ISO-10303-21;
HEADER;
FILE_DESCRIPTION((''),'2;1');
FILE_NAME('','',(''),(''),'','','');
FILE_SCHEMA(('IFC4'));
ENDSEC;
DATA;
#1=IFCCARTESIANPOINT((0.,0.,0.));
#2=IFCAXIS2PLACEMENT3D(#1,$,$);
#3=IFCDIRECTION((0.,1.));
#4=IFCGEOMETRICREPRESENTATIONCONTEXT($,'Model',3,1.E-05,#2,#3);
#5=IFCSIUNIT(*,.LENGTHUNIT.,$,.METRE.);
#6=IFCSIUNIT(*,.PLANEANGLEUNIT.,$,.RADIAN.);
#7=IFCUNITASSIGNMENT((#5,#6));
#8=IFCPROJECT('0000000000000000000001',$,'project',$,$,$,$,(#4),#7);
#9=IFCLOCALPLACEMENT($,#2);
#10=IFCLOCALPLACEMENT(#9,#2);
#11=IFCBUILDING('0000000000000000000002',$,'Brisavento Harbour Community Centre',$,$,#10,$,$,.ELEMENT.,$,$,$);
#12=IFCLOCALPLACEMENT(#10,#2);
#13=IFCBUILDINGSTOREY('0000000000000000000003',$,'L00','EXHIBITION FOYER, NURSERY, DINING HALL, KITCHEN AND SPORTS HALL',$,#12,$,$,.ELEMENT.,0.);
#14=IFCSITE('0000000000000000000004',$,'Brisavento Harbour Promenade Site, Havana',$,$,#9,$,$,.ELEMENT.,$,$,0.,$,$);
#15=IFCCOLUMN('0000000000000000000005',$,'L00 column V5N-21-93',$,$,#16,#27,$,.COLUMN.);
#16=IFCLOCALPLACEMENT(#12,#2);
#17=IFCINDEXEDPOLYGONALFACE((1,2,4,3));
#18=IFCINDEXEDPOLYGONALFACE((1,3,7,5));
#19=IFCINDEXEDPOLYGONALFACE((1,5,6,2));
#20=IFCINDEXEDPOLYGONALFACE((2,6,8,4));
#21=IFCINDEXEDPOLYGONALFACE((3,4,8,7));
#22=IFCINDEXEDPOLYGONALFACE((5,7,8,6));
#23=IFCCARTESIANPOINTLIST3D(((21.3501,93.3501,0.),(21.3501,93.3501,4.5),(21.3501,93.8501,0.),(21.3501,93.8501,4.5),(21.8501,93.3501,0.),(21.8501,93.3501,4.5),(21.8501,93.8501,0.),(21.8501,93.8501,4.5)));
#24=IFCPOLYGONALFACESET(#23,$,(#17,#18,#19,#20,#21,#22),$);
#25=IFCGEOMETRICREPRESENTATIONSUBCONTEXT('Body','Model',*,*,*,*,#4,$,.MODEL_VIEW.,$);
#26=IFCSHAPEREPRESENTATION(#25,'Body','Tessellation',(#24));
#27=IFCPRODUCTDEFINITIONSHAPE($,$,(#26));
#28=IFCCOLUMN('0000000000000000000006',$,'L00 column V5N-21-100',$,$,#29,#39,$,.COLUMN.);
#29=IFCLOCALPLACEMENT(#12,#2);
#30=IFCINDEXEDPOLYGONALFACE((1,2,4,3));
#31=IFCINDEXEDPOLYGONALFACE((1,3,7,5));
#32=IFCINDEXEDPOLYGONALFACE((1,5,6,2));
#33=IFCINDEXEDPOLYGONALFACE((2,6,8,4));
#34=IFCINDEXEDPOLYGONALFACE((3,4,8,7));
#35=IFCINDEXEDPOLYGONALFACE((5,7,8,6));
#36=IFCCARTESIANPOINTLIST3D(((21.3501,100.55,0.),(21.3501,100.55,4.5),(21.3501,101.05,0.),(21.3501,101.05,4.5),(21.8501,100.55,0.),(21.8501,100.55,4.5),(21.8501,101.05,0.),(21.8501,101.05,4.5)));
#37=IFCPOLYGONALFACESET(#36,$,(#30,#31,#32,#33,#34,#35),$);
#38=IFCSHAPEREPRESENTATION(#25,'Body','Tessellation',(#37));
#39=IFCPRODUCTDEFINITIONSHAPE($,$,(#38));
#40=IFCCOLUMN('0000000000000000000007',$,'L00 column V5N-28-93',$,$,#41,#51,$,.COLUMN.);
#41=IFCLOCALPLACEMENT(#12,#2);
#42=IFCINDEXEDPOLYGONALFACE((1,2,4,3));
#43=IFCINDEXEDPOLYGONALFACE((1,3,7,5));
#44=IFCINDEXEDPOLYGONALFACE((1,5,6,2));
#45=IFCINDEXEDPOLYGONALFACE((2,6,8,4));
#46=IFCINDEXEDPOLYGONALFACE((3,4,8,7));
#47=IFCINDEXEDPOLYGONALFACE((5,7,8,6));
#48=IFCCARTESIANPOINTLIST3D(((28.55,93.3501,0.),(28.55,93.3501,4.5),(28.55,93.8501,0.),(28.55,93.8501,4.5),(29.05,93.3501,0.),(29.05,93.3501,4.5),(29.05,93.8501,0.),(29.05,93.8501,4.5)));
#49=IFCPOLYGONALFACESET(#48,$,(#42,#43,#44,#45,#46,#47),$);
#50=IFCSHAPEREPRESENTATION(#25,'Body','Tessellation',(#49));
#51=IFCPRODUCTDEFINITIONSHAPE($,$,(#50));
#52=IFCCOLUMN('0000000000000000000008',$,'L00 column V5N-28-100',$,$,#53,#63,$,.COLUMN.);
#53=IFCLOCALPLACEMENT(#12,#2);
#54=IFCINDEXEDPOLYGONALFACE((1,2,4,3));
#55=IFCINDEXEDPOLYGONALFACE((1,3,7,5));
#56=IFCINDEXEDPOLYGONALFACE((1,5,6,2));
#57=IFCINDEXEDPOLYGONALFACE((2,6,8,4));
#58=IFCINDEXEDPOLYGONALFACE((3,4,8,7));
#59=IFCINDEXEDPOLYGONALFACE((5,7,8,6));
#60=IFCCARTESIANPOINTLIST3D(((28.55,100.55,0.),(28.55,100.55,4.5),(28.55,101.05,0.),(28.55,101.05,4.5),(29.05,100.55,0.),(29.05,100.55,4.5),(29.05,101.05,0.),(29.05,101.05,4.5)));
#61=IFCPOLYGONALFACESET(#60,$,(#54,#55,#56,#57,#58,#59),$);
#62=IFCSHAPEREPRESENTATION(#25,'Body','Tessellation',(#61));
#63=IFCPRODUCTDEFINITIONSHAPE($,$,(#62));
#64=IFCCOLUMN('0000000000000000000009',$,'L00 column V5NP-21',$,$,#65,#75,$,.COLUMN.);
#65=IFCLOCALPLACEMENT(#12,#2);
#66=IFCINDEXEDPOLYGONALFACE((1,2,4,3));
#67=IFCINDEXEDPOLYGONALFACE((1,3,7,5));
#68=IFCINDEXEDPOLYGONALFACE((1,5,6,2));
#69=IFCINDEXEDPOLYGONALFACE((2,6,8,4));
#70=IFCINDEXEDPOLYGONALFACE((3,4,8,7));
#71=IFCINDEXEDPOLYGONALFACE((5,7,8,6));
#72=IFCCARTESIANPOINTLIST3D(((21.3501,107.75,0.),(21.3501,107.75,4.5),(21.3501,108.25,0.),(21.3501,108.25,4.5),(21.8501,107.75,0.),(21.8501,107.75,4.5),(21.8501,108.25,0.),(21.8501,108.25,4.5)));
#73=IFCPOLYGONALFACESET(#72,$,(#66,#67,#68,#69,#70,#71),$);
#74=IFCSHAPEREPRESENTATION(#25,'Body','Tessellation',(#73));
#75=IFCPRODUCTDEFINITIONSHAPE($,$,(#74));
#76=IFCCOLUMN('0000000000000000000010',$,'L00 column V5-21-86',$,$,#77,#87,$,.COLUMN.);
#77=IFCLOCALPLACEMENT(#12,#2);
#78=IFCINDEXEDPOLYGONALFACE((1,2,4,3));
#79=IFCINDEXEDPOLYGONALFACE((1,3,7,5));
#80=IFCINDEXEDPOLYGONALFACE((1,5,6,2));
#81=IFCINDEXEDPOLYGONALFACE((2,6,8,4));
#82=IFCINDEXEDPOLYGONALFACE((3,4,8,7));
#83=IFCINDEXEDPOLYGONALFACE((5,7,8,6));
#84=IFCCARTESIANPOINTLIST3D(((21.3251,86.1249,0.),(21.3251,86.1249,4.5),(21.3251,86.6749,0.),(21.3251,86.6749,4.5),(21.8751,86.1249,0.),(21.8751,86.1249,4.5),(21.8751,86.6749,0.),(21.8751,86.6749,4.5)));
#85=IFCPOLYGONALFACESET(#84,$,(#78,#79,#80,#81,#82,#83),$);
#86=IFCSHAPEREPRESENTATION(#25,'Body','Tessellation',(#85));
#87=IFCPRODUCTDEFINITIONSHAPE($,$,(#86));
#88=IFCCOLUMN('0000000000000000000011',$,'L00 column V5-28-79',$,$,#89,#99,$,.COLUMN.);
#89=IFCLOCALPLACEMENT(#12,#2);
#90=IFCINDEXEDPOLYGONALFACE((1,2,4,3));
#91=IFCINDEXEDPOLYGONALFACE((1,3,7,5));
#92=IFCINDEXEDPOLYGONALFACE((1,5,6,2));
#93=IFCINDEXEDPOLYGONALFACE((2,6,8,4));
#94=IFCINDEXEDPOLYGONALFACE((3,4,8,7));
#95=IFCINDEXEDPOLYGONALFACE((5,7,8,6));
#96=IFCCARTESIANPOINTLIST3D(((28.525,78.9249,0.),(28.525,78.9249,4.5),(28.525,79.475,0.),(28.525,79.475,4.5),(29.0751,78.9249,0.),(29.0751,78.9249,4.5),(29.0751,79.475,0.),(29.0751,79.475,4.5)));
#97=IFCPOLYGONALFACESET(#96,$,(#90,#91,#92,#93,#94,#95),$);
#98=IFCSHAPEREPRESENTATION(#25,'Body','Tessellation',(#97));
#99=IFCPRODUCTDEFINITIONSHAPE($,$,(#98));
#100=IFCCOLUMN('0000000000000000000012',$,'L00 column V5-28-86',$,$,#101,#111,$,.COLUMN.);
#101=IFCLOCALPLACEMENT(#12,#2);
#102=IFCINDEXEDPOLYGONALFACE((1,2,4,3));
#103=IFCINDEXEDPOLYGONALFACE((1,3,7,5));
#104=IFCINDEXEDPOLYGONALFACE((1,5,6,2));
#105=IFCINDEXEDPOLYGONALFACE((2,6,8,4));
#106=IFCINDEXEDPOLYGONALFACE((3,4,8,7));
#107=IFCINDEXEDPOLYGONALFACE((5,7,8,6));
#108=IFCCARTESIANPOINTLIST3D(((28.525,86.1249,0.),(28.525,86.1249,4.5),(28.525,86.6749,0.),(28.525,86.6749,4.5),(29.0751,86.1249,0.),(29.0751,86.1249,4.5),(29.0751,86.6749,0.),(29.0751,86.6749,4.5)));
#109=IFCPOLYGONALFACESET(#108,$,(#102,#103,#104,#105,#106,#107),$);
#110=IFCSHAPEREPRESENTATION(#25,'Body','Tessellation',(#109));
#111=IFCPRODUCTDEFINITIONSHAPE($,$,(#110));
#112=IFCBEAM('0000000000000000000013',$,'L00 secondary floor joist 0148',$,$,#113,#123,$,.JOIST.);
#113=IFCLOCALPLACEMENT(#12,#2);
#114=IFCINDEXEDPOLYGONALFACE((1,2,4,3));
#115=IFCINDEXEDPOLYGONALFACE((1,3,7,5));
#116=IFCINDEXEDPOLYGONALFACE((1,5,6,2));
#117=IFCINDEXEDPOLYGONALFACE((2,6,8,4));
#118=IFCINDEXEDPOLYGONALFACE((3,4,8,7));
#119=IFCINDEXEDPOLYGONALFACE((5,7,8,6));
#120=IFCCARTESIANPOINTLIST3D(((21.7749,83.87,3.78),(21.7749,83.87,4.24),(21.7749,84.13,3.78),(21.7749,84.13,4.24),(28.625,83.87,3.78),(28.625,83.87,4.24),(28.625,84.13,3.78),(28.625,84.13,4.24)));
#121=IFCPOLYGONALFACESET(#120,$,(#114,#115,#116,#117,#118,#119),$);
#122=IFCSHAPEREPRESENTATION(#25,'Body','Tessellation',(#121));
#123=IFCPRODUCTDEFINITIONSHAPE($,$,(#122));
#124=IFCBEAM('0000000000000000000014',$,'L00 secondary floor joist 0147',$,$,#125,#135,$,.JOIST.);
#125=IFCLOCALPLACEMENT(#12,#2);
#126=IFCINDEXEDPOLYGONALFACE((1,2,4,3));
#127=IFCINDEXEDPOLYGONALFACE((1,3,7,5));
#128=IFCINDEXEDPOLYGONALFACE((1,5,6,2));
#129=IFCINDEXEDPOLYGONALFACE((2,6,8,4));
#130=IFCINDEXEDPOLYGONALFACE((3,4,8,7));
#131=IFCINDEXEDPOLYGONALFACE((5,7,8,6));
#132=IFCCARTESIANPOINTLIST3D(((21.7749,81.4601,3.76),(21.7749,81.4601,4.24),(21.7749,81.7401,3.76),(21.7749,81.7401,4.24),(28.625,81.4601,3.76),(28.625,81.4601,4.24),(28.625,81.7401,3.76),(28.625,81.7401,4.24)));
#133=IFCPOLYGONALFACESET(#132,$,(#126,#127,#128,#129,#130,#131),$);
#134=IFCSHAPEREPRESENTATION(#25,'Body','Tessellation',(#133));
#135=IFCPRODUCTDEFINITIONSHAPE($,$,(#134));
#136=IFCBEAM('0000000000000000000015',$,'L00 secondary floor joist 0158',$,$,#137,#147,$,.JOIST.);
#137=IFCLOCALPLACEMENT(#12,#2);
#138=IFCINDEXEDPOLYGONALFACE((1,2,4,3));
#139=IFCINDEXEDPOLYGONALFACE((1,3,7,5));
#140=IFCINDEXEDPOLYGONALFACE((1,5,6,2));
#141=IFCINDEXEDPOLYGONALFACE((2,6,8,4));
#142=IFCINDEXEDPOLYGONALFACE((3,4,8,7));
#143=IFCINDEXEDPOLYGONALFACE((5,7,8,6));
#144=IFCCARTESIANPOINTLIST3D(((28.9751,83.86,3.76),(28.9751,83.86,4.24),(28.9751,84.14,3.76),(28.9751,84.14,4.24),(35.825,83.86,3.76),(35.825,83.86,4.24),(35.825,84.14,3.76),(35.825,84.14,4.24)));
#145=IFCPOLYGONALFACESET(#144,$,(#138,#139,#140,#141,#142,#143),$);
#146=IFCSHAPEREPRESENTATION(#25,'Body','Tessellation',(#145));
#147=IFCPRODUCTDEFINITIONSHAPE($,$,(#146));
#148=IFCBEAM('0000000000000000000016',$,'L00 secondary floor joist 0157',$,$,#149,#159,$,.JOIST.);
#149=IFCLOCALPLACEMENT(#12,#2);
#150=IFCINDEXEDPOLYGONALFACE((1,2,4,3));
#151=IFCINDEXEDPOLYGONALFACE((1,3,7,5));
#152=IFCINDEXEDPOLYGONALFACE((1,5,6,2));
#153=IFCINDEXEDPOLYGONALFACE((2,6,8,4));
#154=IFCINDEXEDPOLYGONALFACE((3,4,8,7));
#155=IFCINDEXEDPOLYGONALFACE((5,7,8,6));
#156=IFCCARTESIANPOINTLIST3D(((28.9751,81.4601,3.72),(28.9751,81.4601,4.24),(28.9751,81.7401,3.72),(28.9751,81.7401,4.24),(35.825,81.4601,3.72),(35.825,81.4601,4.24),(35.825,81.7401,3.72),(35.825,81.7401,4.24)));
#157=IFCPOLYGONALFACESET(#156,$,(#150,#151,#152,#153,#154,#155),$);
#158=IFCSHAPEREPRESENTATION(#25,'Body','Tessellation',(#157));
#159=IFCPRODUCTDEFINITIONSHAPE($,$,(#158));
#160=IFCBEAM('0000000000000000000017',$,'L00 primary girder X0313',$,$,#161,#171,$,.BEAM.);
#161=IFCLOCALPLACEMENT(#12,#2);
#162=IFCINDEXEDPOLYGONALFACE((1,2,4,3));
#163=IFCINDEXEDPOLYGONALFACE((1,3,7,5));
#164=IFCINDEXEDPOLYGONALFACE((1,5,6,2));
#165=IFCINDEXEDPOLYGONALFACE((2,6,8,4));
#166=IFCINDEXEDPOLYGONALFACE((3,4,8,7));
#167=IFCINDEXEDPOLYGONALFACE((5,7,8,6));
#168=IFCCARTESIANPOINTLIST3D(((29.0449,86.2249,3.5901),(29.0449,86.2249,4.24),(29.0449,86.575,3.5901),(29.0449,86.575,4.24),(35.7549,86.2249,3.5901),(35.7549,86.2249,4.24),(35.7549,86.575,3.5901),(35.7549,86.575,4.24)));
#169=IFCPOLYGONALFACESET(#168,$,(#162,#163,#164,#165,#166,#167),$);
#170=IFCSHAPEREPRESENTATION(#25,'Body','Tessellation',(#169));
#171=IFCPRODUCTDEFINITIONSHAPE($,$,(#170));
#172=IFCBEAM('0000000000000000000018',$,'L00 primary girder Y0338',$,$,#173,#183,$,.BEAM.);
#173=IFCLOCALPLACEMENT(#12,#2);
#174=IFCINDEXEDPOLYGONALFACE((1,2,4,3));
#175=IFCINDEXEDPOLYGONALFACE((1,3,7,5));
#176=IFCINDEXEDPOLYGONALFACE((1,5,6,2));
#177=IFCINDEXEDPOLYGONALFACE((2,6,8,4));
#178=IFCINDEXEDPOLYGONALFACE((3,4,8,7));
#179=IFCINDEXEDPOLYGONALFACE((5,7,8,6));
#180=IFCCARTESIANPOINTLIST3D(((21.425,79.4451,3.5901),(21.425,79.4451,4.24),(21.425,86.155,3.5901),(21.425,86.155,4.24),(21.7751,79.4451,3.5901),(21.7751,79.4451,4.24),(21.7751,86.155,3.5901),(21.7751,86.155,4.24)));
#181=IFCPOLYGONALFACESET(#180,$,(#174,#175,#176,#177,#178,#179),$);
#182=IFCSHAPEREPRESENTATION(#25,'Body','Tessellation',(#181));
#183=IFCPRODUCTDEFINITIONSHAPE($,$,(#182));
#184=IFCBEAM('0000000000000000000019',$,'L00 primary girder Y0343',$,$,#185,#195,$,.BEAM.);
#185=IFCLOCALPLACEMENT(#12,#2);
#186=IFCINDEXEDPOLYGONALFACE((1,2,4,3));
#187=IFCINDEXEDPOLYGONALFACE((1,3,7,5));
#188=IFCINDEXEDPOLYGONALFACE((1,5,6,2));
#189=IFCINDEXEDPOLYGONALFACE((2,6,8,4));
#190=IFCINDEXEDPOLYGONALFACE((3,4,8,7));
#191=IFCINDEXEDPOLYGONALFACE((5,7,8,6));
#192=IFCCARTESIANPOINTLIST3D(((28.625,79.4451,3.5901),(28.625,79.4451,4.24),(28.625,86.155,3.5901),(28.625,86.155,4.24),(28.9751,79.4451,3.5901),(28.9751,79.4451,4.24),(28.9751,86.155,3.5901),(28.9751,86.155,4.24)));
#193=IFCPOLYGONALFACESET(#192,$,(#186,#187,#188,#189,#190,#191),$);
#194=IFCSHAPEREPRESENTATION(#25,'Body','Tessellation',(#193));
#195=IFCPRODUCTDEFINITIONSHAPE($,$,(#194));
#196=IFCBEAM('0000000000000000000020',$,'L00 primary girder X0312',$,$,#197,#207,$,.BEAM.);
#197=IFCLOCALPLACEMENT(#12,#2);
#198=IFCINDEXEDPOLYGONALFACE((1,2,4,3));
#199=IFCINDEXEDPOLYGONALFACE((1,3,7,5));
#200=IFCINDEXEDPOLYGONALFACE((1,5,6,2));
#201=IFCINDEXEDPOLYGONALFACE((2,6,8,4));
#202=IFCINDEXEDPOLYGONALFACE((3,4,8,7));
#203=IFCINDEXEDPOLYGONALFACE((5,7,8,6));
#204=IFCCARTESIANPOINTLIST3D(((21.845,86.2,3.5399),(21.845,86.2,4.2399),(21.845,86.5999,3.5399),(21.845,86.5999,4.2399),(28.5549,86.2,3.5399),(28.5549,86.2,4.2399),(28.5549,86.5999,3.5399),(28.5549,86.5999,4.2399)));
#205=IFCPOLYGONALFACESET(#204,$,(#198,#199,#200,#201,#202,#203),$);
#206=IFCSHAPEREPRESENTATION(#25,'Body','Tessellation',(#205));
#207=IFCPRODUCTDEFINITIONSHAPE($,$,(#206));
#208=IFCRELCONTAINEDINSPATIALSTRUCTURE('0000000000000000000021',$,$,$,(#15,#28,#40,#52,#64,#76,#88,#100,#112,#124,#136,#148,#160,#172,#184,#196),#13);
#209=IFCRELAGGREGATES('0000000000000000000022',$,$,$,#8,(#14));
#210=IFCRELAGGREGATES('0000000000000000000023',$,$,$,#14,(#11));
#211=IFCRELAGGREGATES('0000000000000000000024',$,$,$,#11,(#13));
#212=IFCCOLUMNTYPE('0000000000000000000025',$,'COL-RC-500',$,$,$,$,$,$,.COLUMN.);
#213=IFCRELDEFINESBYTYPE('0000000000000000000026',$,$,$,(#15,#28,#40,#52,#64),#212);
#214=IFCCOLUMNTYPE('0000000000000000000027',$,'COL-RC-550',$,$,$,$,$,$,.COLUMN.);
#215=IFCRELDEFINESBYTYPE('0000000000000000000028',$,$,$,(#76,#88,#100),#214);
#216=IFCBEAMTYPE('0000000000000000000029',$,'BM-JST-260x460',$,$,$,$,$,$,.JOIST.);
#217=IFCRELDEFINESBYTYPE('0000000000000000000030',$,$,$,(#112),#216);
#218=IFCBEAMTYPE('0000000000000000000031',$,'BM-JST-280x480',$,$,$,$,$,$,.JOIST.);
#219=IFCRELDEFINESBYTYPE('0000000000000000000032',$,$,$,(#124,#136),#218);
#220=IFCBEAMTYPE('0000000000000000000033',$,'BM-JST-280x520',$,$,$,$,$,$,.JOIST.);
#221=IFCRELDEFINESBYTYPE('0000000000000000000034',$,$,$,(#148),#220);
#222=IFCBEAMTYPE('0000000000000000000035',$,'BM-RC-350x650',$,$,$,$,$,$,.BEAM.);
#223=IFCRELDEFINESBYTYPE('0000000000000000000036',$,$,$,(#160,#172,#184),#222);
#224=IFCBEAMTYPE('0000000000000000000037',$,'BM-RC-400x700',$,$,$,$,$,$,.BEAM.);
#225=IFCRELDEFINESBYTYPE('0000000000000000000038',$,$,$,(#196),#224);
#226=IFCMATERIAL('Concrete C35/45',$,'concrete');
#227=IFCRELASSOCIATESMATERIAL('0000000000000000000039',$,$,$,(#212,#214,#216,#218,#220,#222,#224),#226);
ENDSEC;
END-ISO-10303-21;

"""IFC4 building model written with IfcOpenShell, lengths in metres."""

from ifc_helpers import new_model, si_unit, direction, frame, origin, origin_2d, place, context, subcontext, project, spatial, rectangle, extrude, material, material_profile, profile_set, type_object, element, save


model = new_model("IFC4")

# Units and contexts
model_context = context("Model", 3, precision=1e-05, world=origin(), true_north=direction((0.0, 1.0)))
body_context = subcontext(model_context, "Body", "Model", "MODEL_VIEW")
ifc_project = project(units=[si_unit("LENGTHUNIT", "METRE"), si_unit("PLANEANGLEUNIT", "RADIAN")], contexts=[model_context])

# Site, building, storey
site_placement = place(None, origin())
site = spatial("IfcSite", under=ifc_project, at=site_placement, Name="Brisavento Harbour Promenade Site, Havana", CompositionType="ELEMENT", RefElevation=0.0)
building_placement = place(site_placement, origin())
building = spatial("IfcBuilding", under=site, at=building_placement, Name="Brisavento Harbour Community Centre", CompositionType="ELEMENT")
storey_placement = place(building_placement, origin())
storey = spatial("IfcBuildingStorey", under=building, at=storey_placement, Name="L00", Description="EXHIBITION FOYER, NURSERY, DINING HALL, KITCHEN AND SPORTS HALL", CompositionType="ELEMENT", Elevation=0.0)

# Columns
ifc_material_1 = material(Name="Concrete C35/45", Category="concrete")
ifc_material_profile_1 = material_profile(ifc_material_1, rectangle(XDim=0.5, YDim=0.5, at=origin_2d()), Name="Concrete C35/45")
ifc_profile_set_1 = profile_set([ifc_material_profile_1], Name="Concrete C35/45")
column_type_1 = type_object("IfcColumnType", Name="COL-RC-500", PredefinedType="COLUMN", material=ifc_profile_set_1)
for number, where, z_axis, x_axis, name in (
    (1, (21.6001, 93.6001, 0.0), (0.0, 0.0, 1.0), (1.0, 0.0, 0.0), "L00 column V5N-21-93"),
    (2, (21.6001, 100.8, 0.0), (0.0, 0.0, 1.0), (1.0, 0.0, 0.0), "L00 column V5N-21-100"),
    (3, (28.8, 93.6001, 0.0), (0.0, 0.0, 1.0), (1.0, 0.0, 0.0), "L00 column V5N-28-93"),
    (4, (28.8, 100.8, 0.0), (0.0, 0.0, 1.0), (1.0, 0.0, 0.0), "L00 column V5N-28-100"),
    (5, (21.6001, 108.0, 0.0), (0.0, 0.0, 1.0), (1.0, 0.0, 0.0), "L00 column V5NP-21"),
):
    element("IfcColumn", number, at=place(storey_placement, frame(where, z_axis=z_axis, x_axis=x_axis)), inside=storey, type_object=column_type_1, Name=name, PredefinedType="COLUMN", context=body_context, shape_type="SweptSolid", body=[
        extrude(rectangle(XDim=0.5, YDim=0.5, at=origin_2d()), origin(), (0.0, 0.0, 1.0), 4.5),
    ])
ifc_material_profile_2 = material_profile(ifc_material_1, rectangle(XDim=0.55, YDim=0.55, at=origin_2d()), Name="Concrete C35/45")
ifc_profile_set_2 = profile_set([ifc_material_profile_2], Name="Concrete C35/45")
column_type_2 = type_object("IfcColumnType", Name="COL-RC-550", PredefinedType="COLUMN", material=ifc_profile_set_2)
for number, where, z_axis, x_axis, name in (
    (6, (21.6001, 86.3999, 0.0), (0.0, 0.0, 1.0), (1.0, 0.0, 0.0), "L00 column V5-21-86"),
    (7, (28.8, 79.2, 0.0), (0.0, 0.0, 1.0), (1.0, 0.0, 0.0), "L00 column V5-28-79"),
    (8, (28.8, 86.3999, 0.0), (0.0, 0.0, 1.0), (1.0, 0.0, 0.0), "L00 column V5-28-86"),
):
    element("IfcColumn", number, at=place(storey_placement, frame(where, z_axis=z_axis, x_axis=x_axis)), inside=storey, type_object=column_type_2, Name=name, PredefinedType="COLUMN", context=body_context, shape_type="SweptSolid", body=[
        extrude(rectangle(XDim=0.55, YDim=0.55, at=origin_2d()), origin(), (0.0, 0.0, 1.0), 4.5),
    ])

# Beams
ifc_material_profile_3 = material_profile(ifc_material_1, rectangle(XDim=0.26, YDim=0.46, at=origin_2d()), Name="Concrete C35/45")
ifc_profile_set_3 = profile_set([ifc_material_profile_3], Name="Concrete C35/45")
beam_type_1 = type_object("IfcBeamType", Name="BM-JST-260x460", PredefinedType="JOIST", material=ifc_profile_set_3)
beam_1_placement = place(storey_placement, frame((21.7749, 84.0, 4.01), z_axis=(1.0, 0.0, 0.0), x_axis=(0.0, 1.0, 0.0)))
element("IfcBeam", 9, at=beam_1_placement, inside=storey, type_object=beam_type_1, Name="L00 secondary floor joist 0148", PredefinedType="JOIST", context=body_context, shape_type="SweptSolid", body=[
    extrude(rectangle(XDim=0.26, YDim=0.46, at=origin_2d()), origin(), (0.0, 0.0, 1.0), 6.8501),
])
ifc_material_profile_4 = material_profile(ifc_material_1, rectangle(XDim=0.28, YDim=0.48, at=origin_2d()), Name="Concrete C35/45")
ifc_profile_set_4 = profile_set([ifc_material_profile_4], Name="Concrete C35/45")
beam_type_2 = type_object("IfcBeamType", Name="BM-JST-280x480", PredefinedType="JOIST", material=ifc_profile_set_4)
beam_2_placement = place(storey_placement, frame((21.7749, 81.6001, 4.0), z_axis=(1.0, 0.0, 0.0), x_axis=(0.0, 1.0, 0.0)))
element("IfcBeam", 10, at=beam_2_placement, inside=storey, type_object=beam_type_2, Name="L00 secondary floor joist 0147", PredefinedType="JOIST", context=body_context, shape_type="SweptSolid", body=[
    extrude(rectangle(XDim=0.28, YDim=0.48, at=origin_2d()), origin(), (0.0, 0.0, 1.0), 6.8501),
])
beam_3_placement = place(storey_placement, frame((28.9751, 84.0, 4.0), z_axis=(1.0, 0.0, 0.0), x_axis=(0.0, 1.0, 0.0)))
element("IfcBeam", 11, at=beam_3_placement, inside=storey, type_object=beam_type_2, Name="L00 secondary floor joist 0158", PredefinedType="JOIST", context=body_context, shape_type="SweptSolid", body=[
    extrude(rectangle(XDim=0.28, YDim=0.48, at=origin_2d()), origin(), (0.0, 0.0, 1.0), 6.8499),
])
ifc_material_profile_5 = material_profile(ifc_material_1, rectangle(XDim=0.28, YDim=0.52, at=origin_2d()), Name="Concrete C35/45")
ifc_profile_set_5 = profile_set([ifc_material_profile_5], Name="Concrete C35/45")
beam_type_3 = type_object("IfcBeamType", Name="BM-JST-280x520", PredefinedType="JOIST", material=ifc_profile_set_5)
beam_4_placement = place(storey_placement, frame((28.9751, 81.6001, 3.98), z_axis=(1.0, 0.0, 0.0), x_axis=(0.0, 1.0, 0.0)))
element("IfcBeam", 12, at=beam_4_placement, inside=storey, type_object=beam_type_3, Name="L00 secondary floor joist 0157", PredefinedType="JOIST", context=body_context, shape_type="SweptSolid", body=[
    extrude(rectangle(XDim=0.28, YDim=0.52, at=origin_2d()), origin(), (0.0, 0.0, 1.0), 6.8499),
])
ifc_material_profile_6 = material_profile(ifc_material_1, rectangle(XDim=0.3501, YDim=0.6499, at=origin_2d()), Name="Concrete C35/45")
ifc_profile_set_6 = profile_set([ifc_material_profile_6], Name="Concrete C35/45")
beam_type_4 = type_object("IfcBeamType", Name="BM-RC-350x650", PredefinedType="BEAM", material=ifc_profile_set_6)
for number, where, z_axis, x_axis, name in (
    (13, (29.0449, 86.3999, 3.915), (1.0, 0.0, 0.0), (0.0, 1.0, 0.0), "L00 primary girder X0313"),
    (14, (21.6001, 79.4451, 3.915), (0.0, 1.0, 0.0), (-1.0, 0.0, 0.0), "L00 primary girder Y0338"),
    (15, (28.8, 79.4451, 3.915), (0.0, 1.0, 0.0), (-1.0, 0.0, 0.0), "L00 primary girder Y0343"),
):
    element("IfcBeam", number, at=place(storey_placement, frame(where, z_axis=z_axis, x_axis=x_axis)), inside=storey, type_object=beam_type_4, Name=name, PredefinedType="BEAM", context=body_context, shape_type="SweptSolid", body=[
        extrude(rectangle(XDim=0.3501, YDim=0.6499, at=origin_2d()), origin(), (0.0, 0.0, 1.0), 6.71),
    ])
ifc_material_profile_7 = material_profile(ifc_material_1, rectangle(XDim=0.3999, YDim=0.7, at=origin_2d()), Name="Concrete C35/45")
ifc_profile_set_7 = profile_set([ifc_material_profile_7], Name="Concrete C35/45")
beam_type_5 = type_object("IfcBeamType", Name="BM-RC-400x700", PredefinedType="BEAM", material=ifc_profile_set_7)
beam_5_placement = place(storey_placement, frame((21.845, 86.3999, 3.8899), z_axis=(1.0, 0.0, 0.0), x_axis=(0.0, 1.0, 0.0)))
element("IfcBeam", 16, at=beam_5_placement, inside=storey, type_object=beam_type_5, Name="L00 primary girder X0312", PredefinedType="BEAM", context=body_context, shape_type="SweptSolid", body=[
    extrude(rectangle(XDim=0.3999, YDim=0.7, at=origin_2d()), origin(), (0.0, 0.0, 1.0), 6.71),
])

save(model, "model.ifc")
